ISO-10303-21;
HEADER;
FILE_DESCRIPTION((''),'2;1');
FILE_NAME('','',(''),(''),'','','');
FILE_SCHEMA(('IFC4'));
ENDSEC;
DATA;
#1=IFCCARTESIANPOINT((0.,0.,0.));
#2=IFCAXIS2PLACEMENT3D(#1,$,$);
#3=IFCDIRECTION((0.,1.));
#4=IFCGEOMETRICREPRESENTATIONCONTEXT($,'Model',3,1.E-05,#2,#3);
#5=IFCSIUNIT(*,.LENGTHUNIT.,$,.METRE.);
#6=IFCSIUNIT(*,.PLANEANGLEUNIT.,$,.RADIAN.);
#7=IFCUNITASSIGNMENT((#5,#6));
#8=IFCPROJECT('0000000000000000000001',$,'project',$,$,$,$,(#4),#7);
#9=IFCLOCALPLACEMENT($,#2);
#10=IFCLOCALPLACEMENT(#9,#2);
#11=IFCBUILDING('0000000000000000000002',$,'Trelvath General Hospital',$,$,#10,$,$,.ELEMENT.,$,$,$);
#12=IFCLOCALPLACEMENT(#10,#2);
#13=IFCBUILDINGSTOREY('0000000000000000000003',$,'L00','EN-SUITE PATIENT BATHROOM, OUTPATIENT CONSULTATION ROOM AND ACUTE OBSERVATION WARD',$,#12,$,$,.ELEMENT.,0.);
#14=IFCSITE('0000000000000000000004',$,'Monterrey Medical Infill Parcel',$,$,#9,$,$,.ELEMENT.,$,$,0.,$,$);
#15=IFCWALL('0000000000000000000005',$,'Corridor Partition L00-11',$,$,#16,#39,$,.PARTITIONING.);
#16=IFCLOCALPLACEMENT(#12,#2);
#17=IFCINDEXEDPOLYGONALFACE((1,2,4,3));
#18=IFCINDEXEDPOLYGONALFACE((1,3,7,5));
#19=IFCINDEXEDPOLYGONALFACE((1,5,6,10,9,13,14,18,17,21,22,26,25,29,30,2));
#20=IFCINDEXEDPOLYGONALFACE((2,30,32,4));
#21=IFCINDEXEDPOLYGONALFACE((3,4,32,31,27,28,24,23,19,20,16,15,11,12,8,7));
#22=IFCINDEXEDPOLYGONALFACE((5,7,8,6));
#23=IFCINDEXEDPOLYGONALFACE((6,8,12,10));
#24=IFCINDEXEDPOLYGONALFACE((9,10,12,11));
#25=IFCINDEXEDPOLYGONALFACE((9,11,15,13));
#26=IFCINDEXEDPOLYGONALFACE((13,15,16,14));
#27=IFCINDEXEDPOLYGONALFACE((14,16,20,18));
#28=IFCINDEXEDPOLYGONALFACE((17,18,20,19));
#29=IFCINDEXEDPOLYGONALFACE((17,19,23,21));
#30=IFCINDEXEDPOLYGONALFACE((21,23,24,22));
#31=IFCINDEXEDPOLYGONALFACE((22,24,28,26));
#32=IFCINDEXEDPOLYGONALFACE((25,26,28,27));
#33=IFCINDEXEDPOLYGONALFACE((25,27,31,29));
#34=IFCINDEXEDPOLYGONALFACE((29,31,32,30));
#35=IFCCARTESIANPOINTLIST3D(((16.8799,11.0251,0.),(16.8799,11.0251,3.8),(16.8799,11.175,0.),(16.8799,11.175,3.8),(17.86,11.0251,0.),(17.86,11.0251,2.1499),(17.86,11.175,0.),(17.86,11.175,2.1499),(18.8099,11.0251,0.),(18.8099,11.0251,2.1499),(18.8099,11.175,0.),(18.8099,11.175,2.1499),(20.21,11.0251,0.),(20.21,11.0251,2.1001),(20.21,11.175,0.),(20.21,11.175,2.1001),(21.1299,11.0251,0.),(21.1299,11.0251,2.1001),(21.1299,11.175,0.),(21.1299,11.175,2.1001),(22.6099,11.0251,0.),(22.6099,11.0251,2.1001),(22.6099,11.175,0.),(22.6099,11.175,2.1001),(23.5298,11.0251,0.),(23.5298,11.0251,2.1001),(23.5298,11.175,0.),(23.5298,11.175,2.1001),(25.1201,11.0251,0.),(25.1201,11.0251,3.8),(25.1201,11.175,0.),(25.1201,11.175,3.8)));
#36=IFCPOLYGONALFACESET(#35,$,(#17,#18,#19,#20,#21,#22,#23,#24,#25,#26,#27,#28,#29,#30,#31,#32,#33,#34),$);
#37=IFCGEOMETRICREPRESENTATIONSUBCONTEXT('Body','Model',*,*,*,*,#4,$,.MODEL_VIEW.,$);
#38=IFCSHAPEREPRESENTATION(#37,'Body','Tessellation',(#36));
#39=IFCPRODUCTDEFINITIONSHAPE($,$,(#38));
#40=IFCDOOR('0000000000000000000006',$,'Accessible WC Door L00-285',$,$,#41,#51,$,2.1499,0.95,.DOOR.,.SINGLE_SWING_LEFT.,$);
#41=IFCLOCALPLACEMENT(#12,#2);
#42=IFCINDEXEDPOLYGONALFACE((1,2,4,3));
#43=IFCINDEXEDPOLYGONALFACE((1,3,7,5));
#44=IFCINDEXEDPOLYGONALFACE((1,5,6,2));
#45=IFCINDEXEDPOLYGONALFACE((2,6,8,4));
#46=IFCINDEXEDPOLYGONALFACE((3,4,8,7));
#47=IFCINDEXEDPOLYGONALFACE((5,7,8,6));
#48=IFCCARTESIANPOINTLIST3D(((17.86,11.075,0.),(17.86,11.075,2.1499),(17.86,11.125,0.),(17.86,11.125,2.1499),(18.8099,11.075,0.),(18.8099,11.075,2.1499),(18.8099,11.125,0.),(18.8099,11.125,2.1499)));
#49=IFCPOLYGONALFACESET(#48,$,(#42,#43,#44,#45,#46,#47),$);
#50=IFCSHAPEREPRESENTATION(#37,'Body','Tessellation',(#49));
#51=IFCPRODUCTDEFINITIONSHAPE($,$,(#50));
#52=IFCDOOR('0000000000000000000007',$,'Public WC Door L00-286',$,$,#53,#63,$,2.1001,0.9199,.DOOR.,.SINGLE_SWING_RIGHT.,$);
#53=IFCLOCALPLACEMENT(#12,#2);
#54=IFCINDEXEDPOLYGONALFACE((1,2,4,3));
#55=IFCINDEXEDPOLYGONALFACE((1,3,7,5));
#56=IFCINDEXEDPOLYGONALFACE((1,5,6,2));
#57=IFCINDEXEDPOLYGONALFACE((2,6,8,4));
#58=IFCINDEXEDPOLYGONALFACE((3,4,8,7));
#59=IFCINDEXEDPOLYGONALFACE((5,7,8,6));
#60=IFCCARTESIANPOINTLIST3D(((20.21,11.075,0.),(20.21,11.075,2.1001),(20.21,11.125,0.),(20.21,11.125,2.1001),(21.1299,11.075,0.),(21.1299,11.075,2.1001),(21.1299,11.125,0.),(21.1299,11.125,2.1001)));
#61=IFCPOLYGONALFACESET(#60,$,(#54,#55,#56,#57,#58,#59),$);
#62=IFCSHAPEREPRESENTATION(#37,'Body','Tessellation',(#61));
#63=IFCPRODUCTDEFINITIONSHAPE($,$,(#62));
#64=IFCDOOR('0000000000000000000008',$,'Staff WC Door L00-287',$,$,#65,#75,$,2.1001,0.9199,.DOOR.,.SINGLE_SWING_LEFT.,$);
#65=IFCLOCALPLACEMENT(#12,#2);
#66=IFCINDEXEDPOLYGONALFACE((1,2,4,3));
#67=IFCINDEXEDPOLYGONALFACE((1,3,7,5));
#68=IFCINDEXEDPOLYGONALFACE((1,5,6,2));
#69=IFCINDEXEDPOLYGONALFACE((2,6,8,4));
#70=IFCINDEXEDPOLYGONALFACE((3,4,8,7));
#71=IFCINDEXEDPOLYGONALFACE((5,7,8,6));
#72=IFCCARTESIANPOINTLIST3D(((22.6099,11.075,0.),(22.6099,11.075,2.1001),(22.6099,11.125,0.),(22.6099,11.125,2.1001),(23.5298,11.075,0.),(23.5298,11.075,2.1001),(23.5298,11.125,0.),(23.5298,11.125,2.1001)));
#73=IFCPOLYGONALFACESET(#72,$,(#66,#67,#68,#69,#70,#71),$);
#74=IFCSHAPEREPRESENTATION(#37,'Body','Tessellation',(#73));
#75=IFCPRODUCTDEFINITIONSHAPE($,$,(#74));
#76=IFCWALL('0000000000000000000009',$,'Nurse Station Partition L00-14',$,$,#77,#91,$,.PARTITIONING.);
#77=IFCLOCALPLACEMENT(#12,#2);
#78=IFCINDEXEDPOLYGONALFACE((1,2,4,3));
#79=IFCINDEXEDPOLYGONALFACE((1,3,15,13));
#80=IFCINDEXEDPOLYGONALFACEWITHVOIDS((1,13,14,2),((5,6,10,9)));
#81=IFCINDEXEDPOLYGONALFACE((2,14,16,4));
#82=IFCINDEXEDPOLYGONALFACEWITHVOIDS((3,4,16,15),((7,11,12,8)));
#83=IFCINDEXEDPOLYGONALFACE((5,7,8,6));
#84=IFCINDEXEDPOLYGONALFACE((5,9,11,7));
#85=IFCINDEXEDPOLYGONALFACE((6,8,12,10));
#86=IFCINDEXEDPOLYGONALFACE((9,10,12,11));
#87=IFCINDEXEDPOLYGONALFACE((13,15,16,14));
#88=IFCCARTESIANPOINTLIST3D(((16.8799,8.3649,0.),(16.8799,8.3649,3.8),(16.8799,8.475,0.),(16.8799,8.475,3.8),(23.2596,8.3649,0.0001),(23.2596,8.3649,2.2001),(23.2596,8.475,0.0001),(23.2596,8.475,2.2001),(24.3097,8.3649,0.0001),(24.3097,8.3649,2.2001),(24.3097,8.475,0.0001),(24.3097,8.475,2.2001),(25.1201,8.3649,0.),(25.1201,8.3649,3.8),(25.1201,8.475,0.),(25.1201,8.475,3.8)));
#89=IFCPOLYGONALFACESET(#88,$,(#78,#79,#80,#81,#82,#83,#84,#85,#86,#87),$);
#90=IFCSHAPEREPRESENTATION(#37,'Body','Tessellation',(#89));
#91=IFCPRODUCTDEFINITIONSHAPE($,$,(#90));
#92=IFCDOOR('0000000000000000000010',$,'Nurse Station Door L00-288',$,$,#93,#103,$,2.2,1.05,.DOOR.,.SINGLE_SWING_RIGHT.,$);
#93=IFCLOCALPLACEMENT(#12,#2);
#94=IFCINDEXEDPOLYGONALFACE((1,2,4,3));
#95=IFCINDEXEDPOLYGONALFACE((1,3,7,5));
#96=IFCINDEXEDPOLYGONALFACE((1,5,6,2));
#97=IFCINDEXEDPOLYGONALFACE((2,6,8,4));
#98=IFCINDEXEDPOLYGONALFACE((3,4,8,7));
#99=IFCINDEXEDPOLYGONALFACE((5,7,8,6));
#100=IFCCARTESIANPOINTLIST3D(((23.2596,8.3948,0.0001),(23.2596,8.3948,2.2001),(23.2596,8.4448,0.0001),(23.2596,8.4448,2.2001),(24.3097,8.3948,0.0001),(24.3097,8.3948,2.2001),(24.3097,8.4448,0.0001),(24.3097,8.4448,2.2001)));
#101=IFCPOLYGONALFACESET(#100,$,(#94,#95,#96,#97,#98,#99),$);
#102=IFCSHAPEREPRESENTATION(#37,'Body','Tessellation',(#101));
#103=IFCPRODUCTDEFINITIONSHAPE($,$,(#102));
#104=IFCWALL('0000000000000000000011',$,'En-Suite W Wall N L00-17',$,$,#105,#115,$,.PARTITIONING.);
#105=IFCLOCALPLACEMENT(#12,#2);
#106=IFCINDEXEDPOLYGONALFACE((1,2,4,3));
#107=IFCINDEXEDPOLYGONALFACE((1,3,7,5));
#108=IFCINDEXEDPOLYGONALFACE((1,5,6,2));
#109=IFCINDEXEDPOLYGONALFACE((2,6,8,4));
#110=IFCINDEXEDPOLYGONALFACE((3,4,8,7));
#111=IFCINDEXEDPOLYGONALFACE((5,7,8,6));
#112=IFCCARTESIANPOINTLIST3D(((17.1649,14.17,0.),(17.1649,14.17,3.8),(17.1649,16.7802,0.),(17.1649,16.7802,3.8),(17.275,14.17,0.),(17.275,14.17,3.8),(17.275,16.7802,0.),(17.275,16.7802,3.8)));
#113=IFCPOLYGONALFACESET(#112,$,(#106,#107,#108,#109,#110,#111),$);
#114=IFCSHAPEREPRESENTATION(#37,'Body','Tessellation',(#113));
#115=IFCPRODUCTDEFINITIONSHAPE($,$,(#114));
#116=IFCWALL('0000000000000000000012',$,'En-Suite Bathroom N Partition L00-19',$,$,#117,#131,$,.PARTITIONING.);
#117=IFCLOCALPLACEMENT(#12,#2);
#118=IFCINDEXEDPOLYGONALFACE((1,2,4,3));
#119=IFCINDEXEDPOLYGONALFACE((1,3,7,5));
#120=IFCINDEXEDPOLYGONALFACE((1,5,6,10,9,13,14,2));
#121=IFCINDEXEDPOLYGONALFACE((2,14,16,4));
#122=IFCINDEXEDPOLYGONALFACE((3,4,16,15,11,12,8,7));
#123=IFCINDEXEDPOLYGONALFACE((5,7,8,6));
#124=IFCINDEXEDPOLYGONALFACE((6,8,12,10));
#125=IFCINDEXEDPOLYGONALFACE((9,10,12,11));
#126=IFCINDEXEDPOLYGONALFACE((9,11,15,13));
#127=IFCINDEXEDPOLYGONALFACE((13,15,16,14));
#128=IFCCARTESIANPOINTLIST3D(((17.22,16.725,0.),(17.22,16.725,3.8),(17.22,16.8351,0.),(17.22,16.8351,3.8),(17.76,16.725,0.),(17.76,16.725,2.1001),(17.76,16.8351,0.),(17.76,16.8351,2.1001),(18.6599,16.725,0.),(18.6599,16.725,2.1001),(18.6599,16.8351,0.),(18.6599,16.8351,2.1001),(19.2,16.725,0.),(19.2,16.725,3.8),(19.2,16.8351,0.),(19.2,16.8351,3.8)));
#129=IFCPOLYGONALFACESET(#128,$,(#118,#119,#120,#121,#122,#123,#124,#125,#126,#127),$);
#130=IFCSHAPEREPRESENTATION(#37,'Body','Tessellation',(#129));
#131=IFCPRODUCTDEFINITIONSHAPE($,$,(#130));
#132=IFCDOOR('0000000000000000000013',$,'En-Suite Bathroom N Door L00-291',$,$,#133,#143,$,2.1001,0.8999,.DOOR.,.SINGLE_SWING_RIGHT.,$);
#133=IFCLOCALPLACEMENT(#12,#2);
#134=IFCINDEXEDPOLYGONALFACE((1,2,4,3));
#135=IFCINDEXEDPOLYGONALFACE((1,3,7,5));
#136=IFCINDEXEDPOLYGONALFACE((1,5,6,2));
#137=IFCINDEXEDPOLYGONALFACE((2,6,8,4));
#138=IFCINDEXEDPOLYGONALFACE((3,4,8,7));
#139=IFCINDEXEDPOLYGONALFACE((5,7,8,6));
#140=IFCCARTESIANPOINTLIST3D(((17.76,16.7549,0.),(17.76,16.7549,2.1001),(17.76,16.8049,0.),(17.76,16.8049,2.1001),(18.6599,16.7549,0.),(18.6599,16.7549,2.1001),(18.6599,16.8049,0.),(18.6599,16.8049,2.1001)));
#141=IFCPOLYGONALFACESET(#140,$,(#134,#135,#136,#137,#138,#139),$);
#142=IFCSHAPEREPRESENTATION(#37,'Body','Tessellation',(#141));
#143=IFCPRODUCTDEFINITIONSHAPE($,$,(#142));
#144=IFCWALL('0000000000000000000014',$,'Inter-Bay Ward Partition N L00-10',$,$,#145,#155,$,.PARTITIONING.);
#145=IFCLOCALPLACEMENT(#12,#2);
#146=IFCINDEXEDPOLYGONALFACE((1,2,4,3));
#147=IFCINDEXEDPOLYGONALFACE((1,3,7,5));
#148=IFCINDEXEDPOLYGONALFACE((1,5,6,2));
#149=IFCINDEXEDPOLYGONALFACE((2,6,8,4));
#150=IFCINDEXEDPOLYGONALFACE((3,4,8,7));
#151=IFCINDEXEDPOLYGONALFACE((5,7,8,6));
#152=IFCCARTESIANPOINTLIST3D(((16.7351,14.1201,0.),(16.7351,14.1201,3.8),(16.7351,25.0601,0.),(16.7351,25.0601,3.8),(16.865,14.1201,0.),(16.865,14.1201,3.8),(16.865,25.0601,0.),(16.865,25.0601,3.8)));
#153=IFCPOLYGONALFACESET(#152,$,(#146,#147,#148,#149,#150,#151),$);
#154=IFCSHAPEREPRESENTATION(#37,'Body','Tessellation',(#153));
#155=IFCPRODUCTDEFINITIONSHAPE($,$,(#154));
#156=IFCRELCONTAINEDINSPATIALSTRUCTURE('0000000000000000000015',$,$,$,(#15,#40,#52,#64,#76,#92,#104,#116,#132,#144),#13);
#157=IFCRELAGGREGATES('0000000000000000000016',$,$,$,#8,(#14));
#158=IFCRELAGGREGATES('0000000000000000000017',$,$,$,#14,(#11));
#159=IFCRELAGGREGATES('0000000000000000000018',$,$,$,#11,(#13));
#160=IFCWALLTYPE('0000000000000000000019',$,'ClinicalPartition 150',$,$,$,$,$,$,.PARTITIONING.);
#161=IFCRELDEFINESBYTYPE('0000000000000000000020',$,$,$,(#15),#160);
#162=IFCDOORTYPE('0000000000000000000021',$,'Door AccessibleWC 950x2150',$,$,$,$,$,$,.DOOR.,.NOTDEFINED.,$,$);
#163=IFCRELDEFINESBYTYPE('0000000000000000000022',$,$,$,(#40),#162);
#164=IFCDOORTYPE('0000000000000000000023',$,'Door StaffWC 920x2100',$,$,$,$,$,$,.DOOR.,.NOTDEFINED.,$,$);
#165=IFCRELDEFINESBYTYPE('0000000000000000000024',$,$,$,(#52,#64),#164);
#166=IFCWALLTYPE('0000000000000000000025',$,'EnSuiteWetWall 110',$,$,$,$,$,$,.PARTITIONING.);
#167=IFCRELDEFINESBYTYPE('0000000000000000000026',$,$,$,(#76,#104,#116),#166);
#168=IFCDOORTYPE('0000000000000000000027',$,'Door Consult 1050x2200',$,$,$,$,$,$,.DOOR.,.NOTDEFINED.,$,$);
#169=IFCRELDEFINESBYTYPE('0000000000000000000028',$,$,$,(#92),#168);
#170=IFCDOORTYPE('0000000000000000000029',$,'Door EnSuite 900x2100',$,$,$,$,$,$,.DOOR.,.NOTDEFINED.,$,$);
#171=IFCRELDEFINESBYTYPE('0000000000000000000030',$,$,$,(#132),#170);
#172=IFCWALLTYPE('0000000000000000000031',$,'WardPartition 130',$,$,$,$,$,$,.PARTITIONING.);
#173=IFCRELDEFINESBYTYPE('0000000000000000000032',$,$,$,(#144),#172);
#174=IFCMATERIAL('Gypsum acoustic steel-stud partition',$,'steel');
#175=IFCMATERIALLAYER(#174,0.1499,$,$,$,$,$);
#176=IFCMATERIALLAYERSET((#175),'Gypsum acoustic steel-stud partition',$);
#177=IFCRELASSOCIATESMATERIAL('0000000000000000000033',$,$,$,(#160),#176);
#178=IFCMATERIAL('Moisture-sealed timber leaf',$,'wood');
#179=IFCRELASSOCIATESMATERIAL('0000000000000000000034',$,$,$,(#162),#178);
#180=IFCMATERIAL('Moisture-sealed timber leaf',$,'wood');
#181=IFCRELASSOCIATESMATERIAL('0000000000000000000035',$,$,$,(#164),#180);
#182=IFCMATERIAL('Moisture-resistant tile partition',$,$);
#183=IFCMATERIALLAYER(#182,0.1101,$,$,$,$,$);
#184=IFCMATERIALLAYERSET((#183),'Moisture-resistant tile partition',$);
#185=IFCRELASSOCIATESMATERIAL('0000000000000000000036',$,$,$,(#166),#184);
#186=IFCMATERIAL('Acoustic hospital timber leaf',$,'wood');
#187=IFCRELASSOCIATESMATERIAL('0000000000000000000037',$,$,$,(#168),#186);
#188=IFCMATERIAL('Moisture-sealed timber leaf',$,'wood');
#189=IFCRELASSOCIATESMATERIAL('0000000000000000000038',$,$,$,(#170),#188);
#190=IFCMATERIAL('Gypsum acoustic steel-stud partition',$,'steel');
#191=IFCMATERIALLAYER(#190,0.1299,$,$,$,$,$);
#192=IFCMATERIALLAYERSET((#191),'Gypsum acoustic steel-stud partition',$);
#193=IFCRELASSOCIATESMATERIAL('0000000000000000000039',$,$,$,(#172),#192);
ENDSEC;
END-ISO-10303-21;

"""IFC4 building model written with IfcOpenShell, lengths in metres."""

from ifc_helpers import new_model, si_unit, direction, frame, frame_2d, origin, place, context, subcontext, project, spatial, rectangle, extrude, material, layer, layer_set, type_object, element, fill, save


model = new_model("IFC4")

# Units and contexts
model_context = context("Model", 3, precision=1e-05, world=origin(), true_north=direction((0.0, 1.0)))
body_context = subcontext(model_context, "Body", "Model", "MODEL_VIEW")
ifc_project = project(units=[si_unit("LENGTHUNIT", "METRE"), si_unit("PLANEANGLEUNIT", "RADIAN")], contexts=[model_context])

# Site, building, storey
site_placement = place(None, origin())
site = spatial("IfcSite", under=ifc_project, at=site_placement, Name="Monterrey Medical Infill Parcel", CompositionType="ELEMENT", RefElevation=0.0)
building_placement = place(site_placement, origin())
building = spatial("IfcBuilding", under=site, at=building_placement, Name="Trelvath General Hospital", CompositionType="ELEMENT")
storey_placement = place(building_placement, origin())
storey = spatial("IfcBuildingStorey", under=building, at=storey_placement, Name="L00", Description="EN-SUITE PATIENT BATHROOM, OUTPATIENT CONSULTATION ROOM AND ACUTE OBSERVATION WARD", CompositionType="ELEMENT", Elevation=0.0)

# Wall, openings, doors
ifc_material_1 = material(Name="Gypsum acoustic steel-stud partition", Category="steel")
ifc_layer_1 = layer(ifc_material_1, 0.1499)
ifc_layer_set_1 = layer_set([ifc_layer_1], Name="Gypsum acoustic steel-stud partition")
wall_type_1 = type_object("IfcWallType", Name="ClinicalPartition 150", PredefinedType="PARTITIONING", material=ifc_layer_set_1)
wall_1_placement = place(storey_placement, frame((16.8799, 11.1001, 0.0), z_axis=(0.0, 0.0, 1.0), x_axis=(1.0, 0.0, 0.0)))
wall_1 = element("IfcWall", 1, at=wall_1_placement, inside=storey, type_object=wall_type_1, Name="Corridor Partition L00-11", PredefinedType="PARTITIONING", context=body_context, shape_type="SweptSolid", body=[
    extrude(rectangle(XDim=8.2402, YDim=0.1499, at=frame_2d((4.1201, 0.0))), origin(), (0.0, 0.0, 1.0), 3.8),
])
opening_1_placement = place(wall_1_placement, frame((0.98, 0.0, 0.0)))
opening_1 = element("IfcOpeningElement", 2, at=opening_1_placement, cuts=wall_1, PredefinedType="OPENING", context=body_context, shape_type="SweptSolid", body=[
    extrude(rectangle(XDim=0.95, YDim=2.1499, at=frame_2d((0.4751, 1.075))), frame((0.0, 0.085, 0.0), z_axis=(0.0, -1.0, 0.0), x_axis=(1.0, 0.0, 0.0)), (0.0, 0.0, 1.0), 0.1699),
])
opening_2_placement = place(wall_1_placement, frame((3.3301, 0.0, 0.0)))
opening_2 = element("IfcOpeningElement", 3, at=opening_2_placement, cuts=wall_1, PredefinedType="OPENING", context=body_context, shape_type="SweptSolid", body=[
    extrude(rectangle(XDim=0.9199, YDim=2.1001, at=frame_2d((0.46, 1.05))), frame((0.0, 0.085, 0.0), z_axis=(0.0, -1.0, 0.0), x_axis=(1.0, 0.0, 0.0)), (0.0, 0.0, 1.0), 0.1699),
])
opening_3_placement = place(wall_1_placement, frame((5.73, 0.0, 0.0)))
opening_3 = element("IfcOpeningElement", 4, at=opening_3_placement, cuts=wall_1, PredefinedType="OPENING", context=body_context, shape_type="SweptSolid", body=[
    extrude(rectangle(XDim=0.9199, YDim=2.1001, at=frame_2d((0.46, 1.05))), frame((0.0, 0.085, 0.0), z_axis=(0.0, -1.0, 0.0), x_axis=(1.0, 0.0, 0.0)), (0.0, 0.0, 1.0), 0.1699),
])
ifc_material_2 = material(Name="Moisture-sealed timber leaf", Category="wood")
door_type_1 = type_object("IfcDoorType", Name="Door AccessibleWC 950x2150", OperationType="NOTDEFINED", PredefinedType="DOOR", material=ifc_material_2)
door_1_placement = place(opening_1_placement, origin())
door_1 = element("IfcDoor", 5, at=door_1_placement, inside=storey, type_object=door_type_1, Name="Accessible WC Door L00-285", OperationType="SINGLE_SWING_LEFT", OverallHeight=2.1499, OverallWidth=0.95, PredefinedType="DOOR", context=body_context, shape_type="SweptSolid", body=[
    extrude(rectangle(XDim=0.95, YDim=2.1499, at=frame_2d((0.4751, 1.075))), frame((0.0, 0.0249, 0.0), z_axis=(0.0, -1.0, 0.0), x_axis=(1.0, 0.0, 0.0)), (0.0, 0.0, 1.0), 0.05),
])
fill(opening_1, door_1)
ifc_material_3 = material(Name="Moisture-sealed timber leaf", Category="wood")
door_type_2 = type_object("IfcDoorType", Name="Door StaffWC 920x2100", OperationType="NOTDEFINED", PredefinedType="DOOR", material=ifc_material_3)
door_2_placement = place(opening_2_placement, origin())
door_2 = element("IfcDoor", 6, at=door_2_placement, inside=storey, type_object=door_type_2, Name="Public WC Door L00-286", OperationType="SINGLE_SWING_RIGHT", OverallHeight=2.1001, OverallWidth=0.9199, PredefinedType="DOOR", context=body_context, shape_type="SweptSolid", body=[
    extrude(rectangle(XDim=0.9199, YDim=2.1001, at=frame_2d((0.46, 1.05))), frame((0.0, 0.0249, 0.0), z_axis=(0.0, -1.0, 0.0), x_axis=(1.0, 0.0, 0.0)), (0.0, 0.0, 1.0), 0.05),
])
fill(opening_2, door_2)
door_3_placement = place(opening_3_placement, origin())
door_3 = element("IfcDoor", 7, at=door_3_placement, inside=storey, type_object=door_type_2, Name="Staff WC Door L00-287", OperationType="SINGLE_SWING_LEFT", OverallHeight=2.1001, OverallWidth=0.9199, PredefinedType="DOOR", context=body_context, shape_type="SweptSolid", body=[
    extrude(rectangle(XDim=0.9199, YDim=2.1001, at=frame_2d((0.46, 1.05))), frame((0.0, 0.0249, 0.0), z_axis=(0.0, -1.0, 0.0), x_axis=(1.0, 0.0, 0.0)), (0.0, 0.0, 1.0), 0.05),
])
fill(opening_3, door_3)

# Wall, opening, door
ifc_material_4 = material(Name="Moisture-resistant tile partition")
ifc_layer_2 = layer(ifc_material_4, 0.1101)
ifc_layer_set_2 = layer_set([ifc_layer_2], Name="Moisture-resistant tile partition")
wall_type_2 = type_object("IfcWallType", Name="EnSuiteWetWall 110", PredefinedType="PARTITIONING", material=ifc_layer_set_2)
wall_2_placement = place(storey_placement, frame((16.8799, 8.4199, 0.0), z_axis=(0.0, 0.0, 1.0), x_axis=(1.0, 0.0, 0.0)))
wall_2 = element("IfcWall", 8, at=wall_2_placement, inside=storey, type_object=wall_type_2, Name="Nurse Station Partition L00-14", PredefinedType="PARTITIONING", context=body_context, shape_type="SweptSolid", body=[
    extrude(rectangle(XDim=8.2402, YDim=0.1101, at=frame_2d((4.1201, 0.0))), origin(), (0.0, 0.0, 1.0), 3.8),
])
opening_4_placement = place(wall_2_placement, frame((6.3799, 0.0, 0.0)))
opening_4 = element("IfcOpeningElement", 9, at=opening_4_placement, cuts=wall_2, PredefinedType="OPENING", context=body_context, shape_type="SweptSolid", body=[
    extrude(rectangle(XDim=1.05, YDim=2.2, at=frame_2d((0.5249, 1.1001))), frame((0.0, 0.0649, 0.0), z_axis=(0.0, -1.0, 0.0), x_axis=(1.0, 0.0, 0.0)), (0.0, 0.0, 1.0), 0.1301),
])
ifc_material_5 = material(Name="Acoustic hospital timber leaf", Category="wood")
door_type_3 = type_object("IfcDoorType", Name="Door Consult 1050x2200", OperationType="NOTDEFINED", PredefinedType="DOOR", material=ifc_material_5)
door_4_placement = place(opening_4_placement, origin())
door_4 = element("IfcDoor", 10, at=door_4_placement, inside=storey, type_object=door_type_3, Name="Nurse Station Door L00-288", OperationType="SINGLE_SWING_RIGHT", OverallHeight=2.2, OverallWidth=1.05, PredefinedType="DOOR", context=body_context, shape_type="SweptSolid", body=[
    extrude(rectangle(XDim=1.05, YDim=2.2, at=frame_2d((0.5249, 1.1001))), frame((0.0, 0.0249, 0.0), z_axis=(0.0, -1.0, 0.0), x_axis=(1.0, 0.0, 0.0)), (0.0, 0.0, 1.0), 0.05),
])
fill(opening_4, door_4)

# Wall
wall_3_placement = place(storey_placement, frame((17.22, 14.1699, 0.0), z_axis=(0.0, 0.0, 1.0), x_axis=(0.0, 1.0, 0.0)))
element("IfcWall", 11, at=wall_3_placement, inside=storey, type_object=wall_type_2, Name="En-Suite W Wall N L00-17", PredefinedType="PARTITIONING", context=body_context, shape_type="SweptSolid", body=[
    extrude(rectangle(XDim=2.6101, YDim=0.1101, at=frame_2d((1.3052, 0.0))), origin(), (0.0, 0.0, 1.0), 3.8),
])

# Wall, opening, door
wall_4_placement = place(storey_placement, frame((17.22, 16.78, 0.0), z_axis=(0.0, 0.0, 1.0), x_axis=(1.0, 0.0, 0.0)))
wall_4 = element("IfcWall", 12, at=wall_4_placement, inside=storey, type_object=wall_type_2, Name="En-Suite Bathroom N Partition L00-19", PredefinedType="PARTITIONING", context=body_context, shape_type="SweptSolid", body=[
    extrude(rectangle(XDim=1.98, YDim=0.1101, at=frame_2d((0.99, 0.0))), origin(), (0.0, 0.0, 1.0), 3.8),
])
opening_5_placement = place(wall_4_placement, frame((0.54, 0.0, 0.0)))
opening_5 = element("IfcOpeningElement", 13, at=opening_5_placement, cuts=wall_4, PredefinedType="OPENING", context=body_context, shape_type="SweptSolid", body=[
    extrude(rectangle(XDim=0.8999, YDim=2.1001, at=frame_2d((0.45, 1.05))), frame((0.0, 0.0649, 0.0), z_axis=(0.0, -1.0, 0.0), x_axis=(1.0, 0.0, 0.0)), (0.0, 0.0, 1.0), 0.1301),
])
ifc_material_6 = material(Name="Moisture-sealed timber leaf", Category="wood")
door_type_4 = type_object("IfcDoorType", Name="Door EnSuite 900x2100", OperationType="NOTDEFINED", PredefinedType="DOOR", material=ifc_material_6)
door_5_placement = place(opening_5_placement, origin())
door_5 = element("IfcDoor", 14, at=door_5_placement, inside=storey, type_object=door_type_4, Name="En-Suite Bathroom N Door L00-291", OperationType="SINGLE_SWING_RIGHT", OverallHeight=2.1001, OverallWidth=0.8999, PredefinedType="DOOR", context=body_context, shape_type="SweptSolid", body=[
    extrude(rectangle(XDim=0.8999, YDim=2.1001, at=frame_2d((0.45, 1.05))), frame((0.0, 0.0249, 0.0), z_axis=(0.0, -1.0, 0.0), x_axis=(1.0, 0.0, 0.0)), (0.0, 0.0, 1.0), 0.05),
])
fill(opening_5, door_5)

# Wall
ifc_material_7 = material(Name="Gypsum acoustic steel-stud partition", Category="steel")
ifc_layer_3 = layer(ifc_material_7, 0.1299)
ifc_layer_set_3 = layer_set([ifc_layer_3], Name="Gypsum acoustic steel-stud partition")
wall_type_3 = type_object("IfcWallType", Name="WardPartition 130", PredefinedType="PARTITIONING", material=ifc_layer_set_3)
wall_5_placement = place(storey_placement, frame((16.8, 14.1201, 0.0), z_axis=(0.0, 0.0, 1.0), x_axis=(0.0, 1.0, 0.0)))
element("IfcWall", 15, at=wall_5_placement, inside=storey, type_object=wall_type_3, Name="Inter-Bay Ward Partition N L00-10", PredefinedType="PARTITIONING", context=body_context, shape_type="SweptSolid", body=[
    extrude(rectangle(XDim=10.9399, YDim=0.1299, at=frame_2d((5.47, 0.0))), origin(), (0.0, 0.0, 1.0), 3.8),
])

save(model, "model.ifc")
